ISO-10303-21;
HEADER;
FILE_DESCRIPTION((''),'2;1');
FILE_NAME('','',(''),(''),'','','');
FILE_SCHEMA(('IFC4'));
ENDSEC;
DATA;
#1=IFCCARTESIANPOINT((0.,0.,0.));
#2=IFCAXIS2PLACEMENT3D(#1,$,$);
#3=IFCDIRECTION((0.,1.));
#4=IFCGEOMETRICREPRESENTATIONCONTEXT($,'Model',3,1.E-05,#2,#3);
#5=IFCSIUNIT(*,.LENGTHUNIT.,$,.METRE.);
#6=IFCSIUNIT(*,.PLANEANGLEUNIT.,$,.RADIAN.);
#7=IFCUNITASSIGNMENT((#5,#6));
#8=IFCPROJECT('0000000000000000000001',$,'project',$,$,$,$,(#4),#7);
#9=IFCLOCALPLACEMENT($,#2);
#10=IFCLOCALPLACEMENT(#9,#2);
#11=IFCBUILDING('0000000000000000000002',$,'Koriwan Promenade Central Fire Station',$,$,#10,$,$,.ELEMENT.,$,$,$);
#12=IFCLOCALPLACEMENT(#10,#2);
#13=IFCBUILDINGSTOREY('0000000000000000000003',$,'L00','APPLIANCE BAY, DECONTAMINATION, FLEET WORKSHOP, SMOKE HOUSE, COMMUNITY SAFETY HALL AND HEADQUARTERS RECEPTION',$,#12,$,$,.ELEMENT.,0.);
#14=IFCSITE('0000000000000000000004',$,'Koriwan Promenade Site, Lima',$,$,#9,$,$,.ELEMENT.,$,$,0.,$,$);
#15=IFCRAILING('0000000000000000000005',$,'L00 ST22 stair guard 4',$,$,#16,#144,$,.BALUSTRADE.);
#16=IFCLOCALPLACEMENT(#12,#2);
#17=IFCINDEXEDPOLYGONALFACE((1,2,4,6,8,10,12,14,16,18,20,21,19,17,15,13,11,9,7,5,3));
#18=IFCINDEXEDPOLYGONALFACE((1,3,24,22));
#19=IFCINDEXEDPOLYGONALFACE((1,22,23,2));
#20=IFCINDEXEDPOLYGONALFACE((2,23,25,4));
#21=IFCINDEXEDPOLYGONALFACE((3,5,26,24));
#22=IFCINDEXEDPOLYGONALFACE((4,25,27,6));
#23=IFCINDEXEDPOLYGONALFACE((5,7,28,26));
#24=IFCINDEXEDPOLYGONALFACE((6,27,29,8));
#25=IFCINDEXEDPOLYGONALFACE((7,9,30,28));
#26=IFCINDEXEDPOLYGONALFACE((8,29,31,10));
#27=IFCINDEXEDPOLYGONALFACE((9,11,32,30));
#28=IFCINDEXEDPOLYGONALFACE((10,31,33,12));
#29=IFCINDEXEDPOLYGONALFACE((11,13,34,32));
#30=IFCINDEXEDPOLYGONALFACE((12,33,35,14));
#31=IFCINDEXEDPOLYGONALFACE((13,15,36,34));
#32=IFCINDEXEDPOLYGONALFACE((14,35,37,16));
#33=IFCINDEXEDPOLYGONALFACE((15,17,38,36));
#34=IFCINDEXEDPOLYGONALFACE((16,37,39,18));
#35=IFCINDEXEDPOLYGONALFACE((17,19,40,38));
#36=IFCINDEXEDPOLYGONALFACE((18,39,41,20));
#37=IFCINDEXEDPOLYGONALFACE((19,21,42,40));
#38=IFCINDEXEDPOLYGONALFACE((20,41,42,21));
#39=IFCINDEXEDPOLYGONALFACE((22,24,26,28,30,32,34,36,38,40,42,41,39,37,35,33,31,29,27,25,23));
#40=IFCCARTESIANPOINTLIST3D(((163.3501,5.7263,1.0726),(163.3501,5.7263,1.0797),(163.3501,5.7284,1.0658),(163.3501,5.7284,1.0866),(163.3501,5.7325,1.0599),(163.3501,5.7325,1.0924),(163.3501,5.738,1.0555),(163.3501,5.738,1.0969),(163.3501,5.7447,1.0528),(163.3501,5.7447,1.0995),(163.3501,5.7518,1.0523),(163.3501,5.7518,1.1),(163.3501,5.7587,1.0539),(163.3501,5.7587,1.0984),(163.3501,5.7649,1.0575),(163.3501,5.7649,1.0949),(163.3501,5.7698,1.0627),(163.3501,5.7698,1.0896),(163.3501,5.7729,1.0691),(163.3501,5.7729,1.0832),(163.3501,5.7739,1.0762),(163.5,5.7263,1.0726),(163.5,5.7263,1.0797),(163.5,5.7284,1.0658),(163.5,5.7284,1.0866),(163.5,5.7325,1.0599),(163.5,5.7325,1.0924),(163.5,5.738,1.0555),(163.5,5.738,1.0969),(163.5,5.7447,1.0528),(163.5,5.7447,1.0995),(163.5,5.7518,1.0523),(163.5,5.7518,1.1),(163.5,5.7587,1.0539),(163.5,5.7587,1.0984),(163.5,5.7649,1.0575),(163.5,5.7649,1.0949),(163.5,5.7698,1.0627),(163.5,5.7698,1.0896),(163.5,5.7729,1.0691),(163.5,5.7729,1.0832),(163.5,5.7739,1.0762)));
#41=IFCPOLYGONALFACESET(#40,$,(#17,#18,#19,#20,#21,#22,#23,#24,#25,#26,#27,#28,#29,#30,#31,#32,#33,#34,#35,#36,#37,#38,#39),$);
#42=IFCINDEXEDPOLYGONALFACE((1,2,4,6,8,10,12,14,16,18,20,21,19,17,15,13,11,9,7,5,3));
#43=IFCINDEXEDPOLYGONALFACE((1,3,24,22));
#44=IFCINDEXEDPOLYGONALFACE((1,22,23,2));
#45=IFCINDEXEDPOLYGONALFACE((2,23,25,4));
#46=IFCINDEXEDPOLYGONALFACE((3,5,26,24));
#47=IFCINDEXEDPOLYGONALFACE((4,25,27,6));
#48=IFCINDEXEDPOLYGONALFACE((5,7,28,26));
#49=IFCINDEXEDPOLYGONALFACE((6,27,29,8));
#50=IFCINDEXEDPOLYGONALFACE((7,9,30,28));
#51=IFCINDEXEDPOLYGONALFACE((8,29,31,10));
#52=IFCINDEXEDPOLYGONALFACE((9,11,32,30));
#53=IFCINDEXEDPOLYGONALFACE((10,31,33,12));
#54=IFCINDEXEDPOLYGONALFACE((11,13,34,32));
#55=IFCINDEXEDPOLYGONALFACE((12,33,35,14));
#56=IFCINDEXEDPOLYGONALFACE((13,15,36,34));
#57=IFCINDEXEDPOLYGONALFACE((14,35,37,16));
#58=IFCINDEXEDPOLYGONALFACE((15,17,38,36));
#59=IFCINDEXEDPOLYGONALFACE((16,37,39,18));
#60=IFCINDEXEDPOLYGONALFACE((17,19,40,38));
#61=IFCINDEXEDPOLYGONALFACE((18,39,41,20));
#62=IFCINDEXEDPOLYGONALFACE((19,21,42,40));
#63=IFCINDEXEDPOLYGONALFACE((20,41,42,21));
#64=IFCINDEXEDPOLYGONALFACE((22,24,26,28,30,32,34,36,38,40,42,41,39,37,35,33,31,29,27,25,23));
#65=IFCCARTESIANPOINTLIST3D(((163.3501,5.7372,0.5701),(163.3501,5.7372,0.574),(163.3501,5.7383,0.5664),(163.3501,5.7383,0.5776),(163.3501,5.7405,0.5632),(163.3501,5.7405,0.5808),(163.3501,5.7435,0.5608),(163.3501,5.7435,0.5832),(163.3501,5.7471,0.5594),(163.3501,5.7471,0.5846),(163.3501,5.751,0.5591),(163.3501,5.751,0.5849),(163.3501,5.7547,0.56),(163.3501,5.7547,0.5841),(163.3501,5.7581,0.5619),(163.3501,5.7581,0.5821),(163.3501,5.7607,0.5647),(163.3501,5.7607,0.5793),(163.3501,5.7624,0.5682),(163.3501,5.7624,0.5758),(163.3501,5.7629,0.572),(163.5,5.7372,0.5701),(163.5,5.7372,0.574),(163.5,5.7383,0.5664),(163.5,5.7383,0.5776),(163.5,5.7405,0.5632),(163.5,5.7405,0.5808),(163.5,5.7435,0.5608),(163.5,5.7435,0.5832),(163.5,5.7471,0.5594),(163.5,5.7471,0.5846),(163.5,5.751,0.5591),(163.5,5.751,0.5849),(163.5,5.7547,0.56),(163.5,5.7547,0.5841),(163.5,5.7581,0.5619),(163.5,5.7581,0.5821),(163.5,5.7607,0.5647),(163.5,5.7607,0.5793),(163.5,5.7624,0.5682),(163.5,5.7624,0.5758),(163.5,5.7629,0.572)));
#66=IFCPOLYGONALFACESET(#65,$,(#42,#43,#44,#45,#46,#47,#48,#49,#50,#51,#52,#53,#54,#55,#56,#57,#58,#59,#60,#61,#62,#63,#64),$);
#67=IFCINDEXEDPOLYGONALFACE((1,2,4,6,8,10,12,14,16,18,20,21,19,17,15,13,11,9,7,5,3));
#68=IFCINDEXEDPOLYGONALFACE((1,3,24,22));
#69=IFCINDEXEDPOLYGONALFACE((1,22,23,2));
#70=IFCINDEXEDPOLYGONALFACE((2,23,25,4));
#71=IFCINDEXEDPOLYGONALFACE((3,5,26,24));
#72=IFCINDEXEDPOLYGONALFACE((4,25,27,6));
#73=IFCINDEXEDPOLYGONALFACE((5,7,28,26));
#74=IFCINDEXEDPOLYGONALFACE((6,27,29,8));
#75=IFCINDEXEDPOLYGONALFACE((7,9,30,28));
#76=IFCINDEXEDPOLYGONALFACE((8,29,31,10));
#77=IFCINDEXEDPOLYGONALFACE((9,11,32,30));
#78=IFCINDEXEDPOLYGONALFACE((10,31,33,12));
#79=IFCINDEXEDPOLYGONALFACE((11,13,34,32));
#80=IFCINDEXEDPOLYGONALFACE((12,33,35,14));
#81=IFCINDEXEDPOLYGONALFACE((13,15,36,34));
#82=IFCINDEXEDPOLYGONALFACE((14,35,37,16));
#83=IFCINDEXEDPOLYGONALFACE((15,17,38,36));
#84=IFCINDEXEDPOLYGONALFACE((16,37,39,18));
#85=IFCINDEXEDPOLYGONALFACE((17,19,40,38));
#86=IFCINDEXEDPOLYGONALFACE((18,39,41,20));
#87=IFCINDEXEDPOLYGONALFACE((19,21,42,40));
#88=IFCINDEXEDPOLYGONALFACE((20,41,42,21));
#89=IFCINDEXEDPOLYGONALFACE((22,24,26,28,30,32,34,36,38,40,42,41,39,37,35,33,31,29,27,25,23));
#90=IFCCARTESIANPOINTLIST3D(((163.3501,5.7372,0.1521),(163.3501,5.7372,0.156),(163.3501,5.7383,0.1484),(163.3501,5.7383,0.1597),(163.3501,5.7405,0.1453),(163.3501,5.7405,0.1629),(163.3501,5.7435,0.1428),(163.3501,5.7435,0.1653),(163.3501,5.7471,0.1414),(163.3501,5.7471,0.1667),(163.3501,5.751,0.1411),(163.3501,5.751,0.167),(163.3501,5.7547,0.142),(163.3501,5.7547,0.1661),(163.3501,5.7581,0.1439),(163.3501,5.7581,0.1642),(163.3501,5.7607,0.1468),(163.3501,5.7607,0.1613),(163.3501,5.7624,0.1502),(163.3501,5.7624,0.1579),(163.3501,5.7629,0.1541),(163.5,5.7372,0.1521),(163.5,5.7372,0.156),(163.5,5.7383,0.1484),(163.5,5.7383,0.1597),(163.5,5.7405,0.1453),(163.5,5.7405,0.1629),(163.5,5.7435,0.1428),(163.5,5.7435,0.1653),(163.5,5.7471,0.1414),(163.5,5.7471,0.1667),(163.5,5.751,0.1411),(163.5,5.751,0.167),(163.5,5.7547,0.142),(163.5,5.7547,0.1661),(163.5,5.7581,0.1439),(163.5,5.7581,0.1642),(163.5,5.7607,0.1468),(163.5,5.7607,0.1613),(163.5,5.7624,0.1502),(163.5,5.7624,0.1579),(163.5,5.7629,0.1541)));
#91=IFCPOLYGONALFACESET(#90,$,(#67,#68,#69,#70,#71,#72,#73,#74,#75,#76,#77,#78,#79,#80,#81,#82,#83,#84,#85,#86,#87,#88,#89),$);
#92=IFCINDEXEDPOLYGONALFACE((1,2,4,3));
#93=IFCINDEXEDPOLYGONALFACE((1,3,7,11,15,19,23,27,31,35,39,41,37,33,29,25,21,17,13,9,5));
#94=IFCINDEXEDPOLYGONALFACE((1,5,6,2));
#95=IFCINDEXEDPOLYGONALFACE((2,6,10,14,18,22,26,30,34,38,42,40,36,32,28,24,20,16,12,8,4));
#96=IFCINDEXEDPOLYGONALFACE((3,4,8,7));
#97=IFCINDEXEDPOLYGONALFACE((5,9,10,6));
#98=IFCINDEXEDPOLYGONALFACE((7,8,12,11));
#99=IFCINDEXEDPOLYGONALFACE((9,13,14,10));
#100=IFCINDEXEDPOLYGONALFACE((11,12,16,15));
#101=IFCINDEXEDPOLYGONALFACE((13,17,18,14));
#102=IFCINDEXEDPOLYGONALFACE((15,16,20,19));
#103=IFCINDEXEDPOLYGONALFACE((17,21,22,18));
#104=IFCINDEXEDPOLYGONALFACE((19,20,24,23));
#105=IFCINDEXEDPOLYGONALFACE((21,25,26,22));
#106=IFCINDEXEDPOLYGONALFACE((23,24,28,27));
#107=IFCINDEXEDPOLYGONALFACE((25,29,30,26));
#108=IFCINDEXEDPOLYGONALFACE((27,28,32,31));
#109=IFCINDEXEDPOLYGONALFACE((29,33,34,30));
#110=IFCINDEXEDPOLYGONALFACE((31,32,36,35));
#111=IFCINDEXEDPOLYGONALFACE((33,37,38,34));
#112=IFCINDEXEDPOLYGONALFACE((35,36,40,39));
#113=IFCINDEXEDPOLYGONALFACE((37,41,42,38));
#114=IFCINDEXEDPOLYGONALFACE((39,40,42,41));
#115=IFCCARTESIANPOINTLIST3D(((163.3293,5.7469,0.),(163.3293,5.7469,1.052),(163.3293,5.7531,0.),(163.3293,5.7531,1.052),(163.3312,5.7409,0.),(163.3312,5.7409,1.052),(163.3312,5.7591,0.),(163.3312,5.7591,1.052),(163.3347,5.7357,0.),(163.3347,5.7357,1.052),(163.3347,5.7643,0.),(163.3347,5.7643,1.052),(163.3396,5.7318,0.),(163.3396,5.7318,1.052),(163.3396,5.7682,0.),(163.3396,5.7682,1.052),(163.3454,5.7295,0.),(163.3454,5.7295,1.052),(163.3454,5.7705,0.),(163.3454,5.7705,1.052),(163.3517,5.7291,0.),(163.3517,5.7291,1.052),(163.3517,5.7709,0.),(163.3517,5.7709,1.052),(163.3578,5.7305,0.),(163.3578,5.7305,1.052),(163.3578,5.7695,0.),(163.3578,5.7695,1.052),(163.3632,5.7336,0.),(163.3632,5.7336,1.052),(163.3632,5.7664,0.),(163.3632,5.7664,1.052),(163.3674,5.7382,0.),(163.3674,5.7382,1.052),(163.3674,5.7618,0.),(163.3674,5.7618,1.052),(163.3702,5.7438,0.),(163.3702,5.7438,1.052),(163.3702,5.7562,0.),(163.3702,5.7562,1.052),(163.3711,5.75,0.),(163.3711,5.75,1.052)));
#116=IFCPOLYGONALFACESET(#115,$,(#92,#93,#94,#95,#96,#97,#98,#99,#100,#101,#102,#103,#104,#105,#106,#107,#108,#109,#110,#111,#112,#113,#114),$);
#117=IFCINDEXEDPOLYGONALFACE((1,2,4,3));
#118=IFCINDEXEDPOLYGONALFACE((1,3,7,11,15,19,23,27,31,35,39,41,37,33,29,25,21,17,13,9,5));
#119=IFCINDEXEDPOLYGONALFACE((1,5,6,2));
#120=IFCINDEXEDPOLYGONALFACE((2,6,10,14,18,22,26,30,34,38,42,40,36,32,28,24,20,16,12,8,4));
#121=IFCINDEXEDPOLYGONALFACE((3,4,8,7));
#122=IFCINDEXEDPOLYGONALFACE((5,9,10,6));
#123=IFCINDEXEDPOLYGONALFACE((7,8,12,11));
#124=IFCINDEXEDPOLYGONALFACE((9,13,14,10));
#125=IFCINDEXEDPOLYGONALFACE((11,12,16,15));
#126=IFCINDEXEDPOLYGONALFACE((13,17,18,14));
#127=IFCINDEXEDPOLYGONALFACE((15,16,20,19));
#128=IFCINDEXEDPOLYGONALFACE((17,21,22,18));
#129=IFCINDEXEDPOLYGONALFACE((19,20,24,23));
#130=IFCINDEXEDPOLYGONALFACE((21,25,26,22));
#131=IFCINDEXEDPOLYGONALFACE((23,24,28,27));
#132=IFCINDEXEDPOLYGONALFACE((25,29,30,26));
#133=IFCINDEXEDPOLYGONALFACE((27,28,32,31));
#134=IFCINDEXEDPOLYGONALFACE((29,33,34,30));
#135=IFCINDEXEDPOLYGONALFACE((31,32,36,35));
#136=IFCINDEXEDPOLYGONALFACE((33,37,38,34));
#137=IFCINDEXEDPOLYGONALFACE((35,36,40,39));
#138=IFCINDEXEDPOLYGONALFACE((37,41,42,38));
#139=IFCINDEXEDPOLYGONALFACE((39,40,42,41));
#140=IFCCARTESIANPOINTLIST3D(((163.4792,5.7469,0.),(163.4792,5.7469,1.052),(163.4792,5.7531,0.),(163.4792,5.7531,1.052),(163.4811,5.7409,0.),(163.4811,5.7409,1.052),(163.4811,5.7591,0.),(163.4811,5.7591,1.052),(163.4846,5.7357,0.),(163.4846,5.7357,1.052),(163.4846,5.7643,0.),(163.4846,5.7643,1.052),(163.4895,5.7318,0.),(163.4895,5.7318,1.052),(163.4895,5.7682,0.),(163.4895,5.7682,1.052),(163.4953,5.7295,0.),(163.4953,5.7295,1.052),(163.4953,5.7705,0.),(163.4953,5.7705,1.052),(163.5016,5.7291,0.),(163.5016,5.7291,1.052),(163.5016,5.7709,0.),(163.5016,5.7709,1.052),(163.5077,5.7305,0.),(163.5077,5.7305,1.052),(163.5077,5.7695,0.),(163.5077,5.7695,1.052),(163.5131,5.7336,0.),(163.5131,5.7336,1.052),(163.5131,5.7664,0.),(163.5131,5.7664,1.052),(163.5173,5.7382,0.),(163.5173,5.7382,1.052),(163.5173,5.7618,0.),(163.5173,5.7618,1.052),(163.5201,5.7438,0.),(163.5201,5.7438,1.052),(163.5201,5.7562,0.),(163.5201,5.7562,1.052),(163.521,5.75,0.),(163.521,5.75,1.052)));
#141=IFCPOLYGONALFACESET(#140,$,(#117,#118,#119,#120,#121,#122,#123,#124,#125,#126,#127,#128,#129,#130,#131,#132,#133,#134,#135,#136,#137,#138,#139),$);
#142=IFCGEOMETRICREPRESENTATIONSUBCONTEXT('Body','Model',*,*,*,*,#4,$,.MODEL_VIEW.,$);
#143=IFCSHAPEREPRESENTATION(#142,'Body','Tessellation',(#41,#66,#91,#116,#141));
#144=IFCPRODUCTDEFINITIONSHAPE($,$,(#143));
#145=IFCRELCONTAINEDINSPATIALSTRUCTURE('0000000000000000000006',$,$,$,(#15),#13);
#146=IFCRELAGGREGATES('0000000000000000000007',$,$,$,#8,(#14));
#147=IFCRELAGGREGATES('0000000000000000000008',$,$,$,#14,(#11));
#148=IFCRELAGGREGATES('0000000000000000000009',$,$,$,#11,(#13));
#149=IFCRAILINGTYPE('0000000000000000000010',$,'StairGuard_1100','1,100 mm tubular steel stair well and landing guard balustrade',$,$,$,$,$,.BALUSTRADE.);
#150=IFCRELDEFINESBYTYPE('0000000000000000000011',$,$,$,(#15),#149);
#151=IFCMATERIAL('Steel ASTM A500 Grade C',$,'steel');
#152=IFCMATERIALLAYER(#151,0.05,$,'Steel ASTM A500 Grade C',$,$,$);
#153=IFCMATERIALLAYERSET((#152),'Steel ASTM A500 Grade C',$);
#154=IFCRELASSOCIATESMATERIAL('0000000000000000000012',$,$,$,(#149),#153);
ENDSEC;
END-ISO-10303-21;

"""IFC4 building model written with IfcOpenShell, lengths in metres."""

from ifc_helpers import new_model, si_unit, direction, frame, origin, origin_2d, place, context, subcontext, project, spatial, circle, extrude, material, layer, layer_set, type_object, element, save


model = new_model("IFC4")

# Units and contexts
model_context = context("Model", 3, precision=1e-05, world=origin(), true_north=direction((0.0, 1.0)))
body_context = subcontext(model_context, "Body", "Model", "MODEL_VIEW")
ifc_project = project(units=[si_unit("LENGTHUNIT", "METRE"), si_unit("PLANEANGLEUNIT", "RADIAN")], contexts=[model_context])

# Site, building, storey
site_placement = place(None, origin())
site = spatial("IfcSite", under=ifc_project, at=site_placement, Name="Koriwan Promenade Site, Lima", CompositionType="ELEMENT", RefElevation=0.0)
building_placement = place(site_placement, origin())
building = spatial("IfcBuilding", under=site, at=building_placement, Name="Koriwan Promenade Central Fire Station", CompositionType="ELEMENT")
storey_placement = place(building_placement, origin())
storey = spatial("IfcBuildingStorey", under=building, at=storey_placement, Name="L00", Description="APPLIANCE BAY, DECONTAMINATION, FLEET WORKSHOP, SMOKE HOUSE, COMMUNITY SAFETY HALL AND HEADQUARTERS RECEPTION", CompositionType="ELEMENT", Elevation=0.0)

# Railing
ifc_material_1 = material(Name="Steel ASTM A500 Grade C", Category="steel")
ifc_layer_1 = layer(ifc_material_1, 0.05, Name="Steel ASTM A500 Grade C")
ifc_layer_set_1 = layer_set([ifc_layer_1], Name="Steel ASTM A500 Grade C")
railing_type_1 = type_object("IfcRailingType", Name="StairGuard_1100", Description="1,100 mm tubular steel stair well and landing guard balustrade", PredefinedType="BALUSTRADE", material=ifc_layer_set_1)
railing_1_placement = place(storey_placement, frame((163.3501, 5.75, 0.0)))
element("IfcRailing", 1, at=railing_1_placement, inside=storey, type_object=railing_type_1, Name="L00 ST22 stair guard 4", PredefinedType="BALUSTRADE", context=body_context, shape_type="SweptSolid", body=[
    extrude(circle(Radius=0.0239, at=origin_2d()), frame((0.0, 0.0, 1.0762), z_axis=(1.0, 0.0, 0.0), x_axis=(0.0, 1.0, 0.0)), (0.0, 0.0, 1.0), 0.1499),
    extrude(circle(Radius=0.0129, at=origin_2d()), frame((0.0, 0.0, 0.572), z_axis=(1.0, 0.0, 0.0), x_axis=(0.0, 1.0, 0.0)), (0.0, 0.0, 1.0), 0.1499),
    extrude(circle(Radius=0.0129, at=origin_2d()), frame((0.0, 0.0, 0.1541), z_axis=(1.0, 0.0, 0.0), x_axis=(0.0, 1.0, 0.0)), (0.0, 0.0, 1.0), 0.1499),
    extrude(circle(Radius=0.021, at=origin_2d()), origin(), (0.0, 0.0, 1.0), 1.052),
    extrude(circle(Radius=0.021, at=origin_2d()), frame((0.1499, 0.0, 0.0)), (0.0, 0.0, 1.0), 1.052),
])

save(model, "model.ifc")
